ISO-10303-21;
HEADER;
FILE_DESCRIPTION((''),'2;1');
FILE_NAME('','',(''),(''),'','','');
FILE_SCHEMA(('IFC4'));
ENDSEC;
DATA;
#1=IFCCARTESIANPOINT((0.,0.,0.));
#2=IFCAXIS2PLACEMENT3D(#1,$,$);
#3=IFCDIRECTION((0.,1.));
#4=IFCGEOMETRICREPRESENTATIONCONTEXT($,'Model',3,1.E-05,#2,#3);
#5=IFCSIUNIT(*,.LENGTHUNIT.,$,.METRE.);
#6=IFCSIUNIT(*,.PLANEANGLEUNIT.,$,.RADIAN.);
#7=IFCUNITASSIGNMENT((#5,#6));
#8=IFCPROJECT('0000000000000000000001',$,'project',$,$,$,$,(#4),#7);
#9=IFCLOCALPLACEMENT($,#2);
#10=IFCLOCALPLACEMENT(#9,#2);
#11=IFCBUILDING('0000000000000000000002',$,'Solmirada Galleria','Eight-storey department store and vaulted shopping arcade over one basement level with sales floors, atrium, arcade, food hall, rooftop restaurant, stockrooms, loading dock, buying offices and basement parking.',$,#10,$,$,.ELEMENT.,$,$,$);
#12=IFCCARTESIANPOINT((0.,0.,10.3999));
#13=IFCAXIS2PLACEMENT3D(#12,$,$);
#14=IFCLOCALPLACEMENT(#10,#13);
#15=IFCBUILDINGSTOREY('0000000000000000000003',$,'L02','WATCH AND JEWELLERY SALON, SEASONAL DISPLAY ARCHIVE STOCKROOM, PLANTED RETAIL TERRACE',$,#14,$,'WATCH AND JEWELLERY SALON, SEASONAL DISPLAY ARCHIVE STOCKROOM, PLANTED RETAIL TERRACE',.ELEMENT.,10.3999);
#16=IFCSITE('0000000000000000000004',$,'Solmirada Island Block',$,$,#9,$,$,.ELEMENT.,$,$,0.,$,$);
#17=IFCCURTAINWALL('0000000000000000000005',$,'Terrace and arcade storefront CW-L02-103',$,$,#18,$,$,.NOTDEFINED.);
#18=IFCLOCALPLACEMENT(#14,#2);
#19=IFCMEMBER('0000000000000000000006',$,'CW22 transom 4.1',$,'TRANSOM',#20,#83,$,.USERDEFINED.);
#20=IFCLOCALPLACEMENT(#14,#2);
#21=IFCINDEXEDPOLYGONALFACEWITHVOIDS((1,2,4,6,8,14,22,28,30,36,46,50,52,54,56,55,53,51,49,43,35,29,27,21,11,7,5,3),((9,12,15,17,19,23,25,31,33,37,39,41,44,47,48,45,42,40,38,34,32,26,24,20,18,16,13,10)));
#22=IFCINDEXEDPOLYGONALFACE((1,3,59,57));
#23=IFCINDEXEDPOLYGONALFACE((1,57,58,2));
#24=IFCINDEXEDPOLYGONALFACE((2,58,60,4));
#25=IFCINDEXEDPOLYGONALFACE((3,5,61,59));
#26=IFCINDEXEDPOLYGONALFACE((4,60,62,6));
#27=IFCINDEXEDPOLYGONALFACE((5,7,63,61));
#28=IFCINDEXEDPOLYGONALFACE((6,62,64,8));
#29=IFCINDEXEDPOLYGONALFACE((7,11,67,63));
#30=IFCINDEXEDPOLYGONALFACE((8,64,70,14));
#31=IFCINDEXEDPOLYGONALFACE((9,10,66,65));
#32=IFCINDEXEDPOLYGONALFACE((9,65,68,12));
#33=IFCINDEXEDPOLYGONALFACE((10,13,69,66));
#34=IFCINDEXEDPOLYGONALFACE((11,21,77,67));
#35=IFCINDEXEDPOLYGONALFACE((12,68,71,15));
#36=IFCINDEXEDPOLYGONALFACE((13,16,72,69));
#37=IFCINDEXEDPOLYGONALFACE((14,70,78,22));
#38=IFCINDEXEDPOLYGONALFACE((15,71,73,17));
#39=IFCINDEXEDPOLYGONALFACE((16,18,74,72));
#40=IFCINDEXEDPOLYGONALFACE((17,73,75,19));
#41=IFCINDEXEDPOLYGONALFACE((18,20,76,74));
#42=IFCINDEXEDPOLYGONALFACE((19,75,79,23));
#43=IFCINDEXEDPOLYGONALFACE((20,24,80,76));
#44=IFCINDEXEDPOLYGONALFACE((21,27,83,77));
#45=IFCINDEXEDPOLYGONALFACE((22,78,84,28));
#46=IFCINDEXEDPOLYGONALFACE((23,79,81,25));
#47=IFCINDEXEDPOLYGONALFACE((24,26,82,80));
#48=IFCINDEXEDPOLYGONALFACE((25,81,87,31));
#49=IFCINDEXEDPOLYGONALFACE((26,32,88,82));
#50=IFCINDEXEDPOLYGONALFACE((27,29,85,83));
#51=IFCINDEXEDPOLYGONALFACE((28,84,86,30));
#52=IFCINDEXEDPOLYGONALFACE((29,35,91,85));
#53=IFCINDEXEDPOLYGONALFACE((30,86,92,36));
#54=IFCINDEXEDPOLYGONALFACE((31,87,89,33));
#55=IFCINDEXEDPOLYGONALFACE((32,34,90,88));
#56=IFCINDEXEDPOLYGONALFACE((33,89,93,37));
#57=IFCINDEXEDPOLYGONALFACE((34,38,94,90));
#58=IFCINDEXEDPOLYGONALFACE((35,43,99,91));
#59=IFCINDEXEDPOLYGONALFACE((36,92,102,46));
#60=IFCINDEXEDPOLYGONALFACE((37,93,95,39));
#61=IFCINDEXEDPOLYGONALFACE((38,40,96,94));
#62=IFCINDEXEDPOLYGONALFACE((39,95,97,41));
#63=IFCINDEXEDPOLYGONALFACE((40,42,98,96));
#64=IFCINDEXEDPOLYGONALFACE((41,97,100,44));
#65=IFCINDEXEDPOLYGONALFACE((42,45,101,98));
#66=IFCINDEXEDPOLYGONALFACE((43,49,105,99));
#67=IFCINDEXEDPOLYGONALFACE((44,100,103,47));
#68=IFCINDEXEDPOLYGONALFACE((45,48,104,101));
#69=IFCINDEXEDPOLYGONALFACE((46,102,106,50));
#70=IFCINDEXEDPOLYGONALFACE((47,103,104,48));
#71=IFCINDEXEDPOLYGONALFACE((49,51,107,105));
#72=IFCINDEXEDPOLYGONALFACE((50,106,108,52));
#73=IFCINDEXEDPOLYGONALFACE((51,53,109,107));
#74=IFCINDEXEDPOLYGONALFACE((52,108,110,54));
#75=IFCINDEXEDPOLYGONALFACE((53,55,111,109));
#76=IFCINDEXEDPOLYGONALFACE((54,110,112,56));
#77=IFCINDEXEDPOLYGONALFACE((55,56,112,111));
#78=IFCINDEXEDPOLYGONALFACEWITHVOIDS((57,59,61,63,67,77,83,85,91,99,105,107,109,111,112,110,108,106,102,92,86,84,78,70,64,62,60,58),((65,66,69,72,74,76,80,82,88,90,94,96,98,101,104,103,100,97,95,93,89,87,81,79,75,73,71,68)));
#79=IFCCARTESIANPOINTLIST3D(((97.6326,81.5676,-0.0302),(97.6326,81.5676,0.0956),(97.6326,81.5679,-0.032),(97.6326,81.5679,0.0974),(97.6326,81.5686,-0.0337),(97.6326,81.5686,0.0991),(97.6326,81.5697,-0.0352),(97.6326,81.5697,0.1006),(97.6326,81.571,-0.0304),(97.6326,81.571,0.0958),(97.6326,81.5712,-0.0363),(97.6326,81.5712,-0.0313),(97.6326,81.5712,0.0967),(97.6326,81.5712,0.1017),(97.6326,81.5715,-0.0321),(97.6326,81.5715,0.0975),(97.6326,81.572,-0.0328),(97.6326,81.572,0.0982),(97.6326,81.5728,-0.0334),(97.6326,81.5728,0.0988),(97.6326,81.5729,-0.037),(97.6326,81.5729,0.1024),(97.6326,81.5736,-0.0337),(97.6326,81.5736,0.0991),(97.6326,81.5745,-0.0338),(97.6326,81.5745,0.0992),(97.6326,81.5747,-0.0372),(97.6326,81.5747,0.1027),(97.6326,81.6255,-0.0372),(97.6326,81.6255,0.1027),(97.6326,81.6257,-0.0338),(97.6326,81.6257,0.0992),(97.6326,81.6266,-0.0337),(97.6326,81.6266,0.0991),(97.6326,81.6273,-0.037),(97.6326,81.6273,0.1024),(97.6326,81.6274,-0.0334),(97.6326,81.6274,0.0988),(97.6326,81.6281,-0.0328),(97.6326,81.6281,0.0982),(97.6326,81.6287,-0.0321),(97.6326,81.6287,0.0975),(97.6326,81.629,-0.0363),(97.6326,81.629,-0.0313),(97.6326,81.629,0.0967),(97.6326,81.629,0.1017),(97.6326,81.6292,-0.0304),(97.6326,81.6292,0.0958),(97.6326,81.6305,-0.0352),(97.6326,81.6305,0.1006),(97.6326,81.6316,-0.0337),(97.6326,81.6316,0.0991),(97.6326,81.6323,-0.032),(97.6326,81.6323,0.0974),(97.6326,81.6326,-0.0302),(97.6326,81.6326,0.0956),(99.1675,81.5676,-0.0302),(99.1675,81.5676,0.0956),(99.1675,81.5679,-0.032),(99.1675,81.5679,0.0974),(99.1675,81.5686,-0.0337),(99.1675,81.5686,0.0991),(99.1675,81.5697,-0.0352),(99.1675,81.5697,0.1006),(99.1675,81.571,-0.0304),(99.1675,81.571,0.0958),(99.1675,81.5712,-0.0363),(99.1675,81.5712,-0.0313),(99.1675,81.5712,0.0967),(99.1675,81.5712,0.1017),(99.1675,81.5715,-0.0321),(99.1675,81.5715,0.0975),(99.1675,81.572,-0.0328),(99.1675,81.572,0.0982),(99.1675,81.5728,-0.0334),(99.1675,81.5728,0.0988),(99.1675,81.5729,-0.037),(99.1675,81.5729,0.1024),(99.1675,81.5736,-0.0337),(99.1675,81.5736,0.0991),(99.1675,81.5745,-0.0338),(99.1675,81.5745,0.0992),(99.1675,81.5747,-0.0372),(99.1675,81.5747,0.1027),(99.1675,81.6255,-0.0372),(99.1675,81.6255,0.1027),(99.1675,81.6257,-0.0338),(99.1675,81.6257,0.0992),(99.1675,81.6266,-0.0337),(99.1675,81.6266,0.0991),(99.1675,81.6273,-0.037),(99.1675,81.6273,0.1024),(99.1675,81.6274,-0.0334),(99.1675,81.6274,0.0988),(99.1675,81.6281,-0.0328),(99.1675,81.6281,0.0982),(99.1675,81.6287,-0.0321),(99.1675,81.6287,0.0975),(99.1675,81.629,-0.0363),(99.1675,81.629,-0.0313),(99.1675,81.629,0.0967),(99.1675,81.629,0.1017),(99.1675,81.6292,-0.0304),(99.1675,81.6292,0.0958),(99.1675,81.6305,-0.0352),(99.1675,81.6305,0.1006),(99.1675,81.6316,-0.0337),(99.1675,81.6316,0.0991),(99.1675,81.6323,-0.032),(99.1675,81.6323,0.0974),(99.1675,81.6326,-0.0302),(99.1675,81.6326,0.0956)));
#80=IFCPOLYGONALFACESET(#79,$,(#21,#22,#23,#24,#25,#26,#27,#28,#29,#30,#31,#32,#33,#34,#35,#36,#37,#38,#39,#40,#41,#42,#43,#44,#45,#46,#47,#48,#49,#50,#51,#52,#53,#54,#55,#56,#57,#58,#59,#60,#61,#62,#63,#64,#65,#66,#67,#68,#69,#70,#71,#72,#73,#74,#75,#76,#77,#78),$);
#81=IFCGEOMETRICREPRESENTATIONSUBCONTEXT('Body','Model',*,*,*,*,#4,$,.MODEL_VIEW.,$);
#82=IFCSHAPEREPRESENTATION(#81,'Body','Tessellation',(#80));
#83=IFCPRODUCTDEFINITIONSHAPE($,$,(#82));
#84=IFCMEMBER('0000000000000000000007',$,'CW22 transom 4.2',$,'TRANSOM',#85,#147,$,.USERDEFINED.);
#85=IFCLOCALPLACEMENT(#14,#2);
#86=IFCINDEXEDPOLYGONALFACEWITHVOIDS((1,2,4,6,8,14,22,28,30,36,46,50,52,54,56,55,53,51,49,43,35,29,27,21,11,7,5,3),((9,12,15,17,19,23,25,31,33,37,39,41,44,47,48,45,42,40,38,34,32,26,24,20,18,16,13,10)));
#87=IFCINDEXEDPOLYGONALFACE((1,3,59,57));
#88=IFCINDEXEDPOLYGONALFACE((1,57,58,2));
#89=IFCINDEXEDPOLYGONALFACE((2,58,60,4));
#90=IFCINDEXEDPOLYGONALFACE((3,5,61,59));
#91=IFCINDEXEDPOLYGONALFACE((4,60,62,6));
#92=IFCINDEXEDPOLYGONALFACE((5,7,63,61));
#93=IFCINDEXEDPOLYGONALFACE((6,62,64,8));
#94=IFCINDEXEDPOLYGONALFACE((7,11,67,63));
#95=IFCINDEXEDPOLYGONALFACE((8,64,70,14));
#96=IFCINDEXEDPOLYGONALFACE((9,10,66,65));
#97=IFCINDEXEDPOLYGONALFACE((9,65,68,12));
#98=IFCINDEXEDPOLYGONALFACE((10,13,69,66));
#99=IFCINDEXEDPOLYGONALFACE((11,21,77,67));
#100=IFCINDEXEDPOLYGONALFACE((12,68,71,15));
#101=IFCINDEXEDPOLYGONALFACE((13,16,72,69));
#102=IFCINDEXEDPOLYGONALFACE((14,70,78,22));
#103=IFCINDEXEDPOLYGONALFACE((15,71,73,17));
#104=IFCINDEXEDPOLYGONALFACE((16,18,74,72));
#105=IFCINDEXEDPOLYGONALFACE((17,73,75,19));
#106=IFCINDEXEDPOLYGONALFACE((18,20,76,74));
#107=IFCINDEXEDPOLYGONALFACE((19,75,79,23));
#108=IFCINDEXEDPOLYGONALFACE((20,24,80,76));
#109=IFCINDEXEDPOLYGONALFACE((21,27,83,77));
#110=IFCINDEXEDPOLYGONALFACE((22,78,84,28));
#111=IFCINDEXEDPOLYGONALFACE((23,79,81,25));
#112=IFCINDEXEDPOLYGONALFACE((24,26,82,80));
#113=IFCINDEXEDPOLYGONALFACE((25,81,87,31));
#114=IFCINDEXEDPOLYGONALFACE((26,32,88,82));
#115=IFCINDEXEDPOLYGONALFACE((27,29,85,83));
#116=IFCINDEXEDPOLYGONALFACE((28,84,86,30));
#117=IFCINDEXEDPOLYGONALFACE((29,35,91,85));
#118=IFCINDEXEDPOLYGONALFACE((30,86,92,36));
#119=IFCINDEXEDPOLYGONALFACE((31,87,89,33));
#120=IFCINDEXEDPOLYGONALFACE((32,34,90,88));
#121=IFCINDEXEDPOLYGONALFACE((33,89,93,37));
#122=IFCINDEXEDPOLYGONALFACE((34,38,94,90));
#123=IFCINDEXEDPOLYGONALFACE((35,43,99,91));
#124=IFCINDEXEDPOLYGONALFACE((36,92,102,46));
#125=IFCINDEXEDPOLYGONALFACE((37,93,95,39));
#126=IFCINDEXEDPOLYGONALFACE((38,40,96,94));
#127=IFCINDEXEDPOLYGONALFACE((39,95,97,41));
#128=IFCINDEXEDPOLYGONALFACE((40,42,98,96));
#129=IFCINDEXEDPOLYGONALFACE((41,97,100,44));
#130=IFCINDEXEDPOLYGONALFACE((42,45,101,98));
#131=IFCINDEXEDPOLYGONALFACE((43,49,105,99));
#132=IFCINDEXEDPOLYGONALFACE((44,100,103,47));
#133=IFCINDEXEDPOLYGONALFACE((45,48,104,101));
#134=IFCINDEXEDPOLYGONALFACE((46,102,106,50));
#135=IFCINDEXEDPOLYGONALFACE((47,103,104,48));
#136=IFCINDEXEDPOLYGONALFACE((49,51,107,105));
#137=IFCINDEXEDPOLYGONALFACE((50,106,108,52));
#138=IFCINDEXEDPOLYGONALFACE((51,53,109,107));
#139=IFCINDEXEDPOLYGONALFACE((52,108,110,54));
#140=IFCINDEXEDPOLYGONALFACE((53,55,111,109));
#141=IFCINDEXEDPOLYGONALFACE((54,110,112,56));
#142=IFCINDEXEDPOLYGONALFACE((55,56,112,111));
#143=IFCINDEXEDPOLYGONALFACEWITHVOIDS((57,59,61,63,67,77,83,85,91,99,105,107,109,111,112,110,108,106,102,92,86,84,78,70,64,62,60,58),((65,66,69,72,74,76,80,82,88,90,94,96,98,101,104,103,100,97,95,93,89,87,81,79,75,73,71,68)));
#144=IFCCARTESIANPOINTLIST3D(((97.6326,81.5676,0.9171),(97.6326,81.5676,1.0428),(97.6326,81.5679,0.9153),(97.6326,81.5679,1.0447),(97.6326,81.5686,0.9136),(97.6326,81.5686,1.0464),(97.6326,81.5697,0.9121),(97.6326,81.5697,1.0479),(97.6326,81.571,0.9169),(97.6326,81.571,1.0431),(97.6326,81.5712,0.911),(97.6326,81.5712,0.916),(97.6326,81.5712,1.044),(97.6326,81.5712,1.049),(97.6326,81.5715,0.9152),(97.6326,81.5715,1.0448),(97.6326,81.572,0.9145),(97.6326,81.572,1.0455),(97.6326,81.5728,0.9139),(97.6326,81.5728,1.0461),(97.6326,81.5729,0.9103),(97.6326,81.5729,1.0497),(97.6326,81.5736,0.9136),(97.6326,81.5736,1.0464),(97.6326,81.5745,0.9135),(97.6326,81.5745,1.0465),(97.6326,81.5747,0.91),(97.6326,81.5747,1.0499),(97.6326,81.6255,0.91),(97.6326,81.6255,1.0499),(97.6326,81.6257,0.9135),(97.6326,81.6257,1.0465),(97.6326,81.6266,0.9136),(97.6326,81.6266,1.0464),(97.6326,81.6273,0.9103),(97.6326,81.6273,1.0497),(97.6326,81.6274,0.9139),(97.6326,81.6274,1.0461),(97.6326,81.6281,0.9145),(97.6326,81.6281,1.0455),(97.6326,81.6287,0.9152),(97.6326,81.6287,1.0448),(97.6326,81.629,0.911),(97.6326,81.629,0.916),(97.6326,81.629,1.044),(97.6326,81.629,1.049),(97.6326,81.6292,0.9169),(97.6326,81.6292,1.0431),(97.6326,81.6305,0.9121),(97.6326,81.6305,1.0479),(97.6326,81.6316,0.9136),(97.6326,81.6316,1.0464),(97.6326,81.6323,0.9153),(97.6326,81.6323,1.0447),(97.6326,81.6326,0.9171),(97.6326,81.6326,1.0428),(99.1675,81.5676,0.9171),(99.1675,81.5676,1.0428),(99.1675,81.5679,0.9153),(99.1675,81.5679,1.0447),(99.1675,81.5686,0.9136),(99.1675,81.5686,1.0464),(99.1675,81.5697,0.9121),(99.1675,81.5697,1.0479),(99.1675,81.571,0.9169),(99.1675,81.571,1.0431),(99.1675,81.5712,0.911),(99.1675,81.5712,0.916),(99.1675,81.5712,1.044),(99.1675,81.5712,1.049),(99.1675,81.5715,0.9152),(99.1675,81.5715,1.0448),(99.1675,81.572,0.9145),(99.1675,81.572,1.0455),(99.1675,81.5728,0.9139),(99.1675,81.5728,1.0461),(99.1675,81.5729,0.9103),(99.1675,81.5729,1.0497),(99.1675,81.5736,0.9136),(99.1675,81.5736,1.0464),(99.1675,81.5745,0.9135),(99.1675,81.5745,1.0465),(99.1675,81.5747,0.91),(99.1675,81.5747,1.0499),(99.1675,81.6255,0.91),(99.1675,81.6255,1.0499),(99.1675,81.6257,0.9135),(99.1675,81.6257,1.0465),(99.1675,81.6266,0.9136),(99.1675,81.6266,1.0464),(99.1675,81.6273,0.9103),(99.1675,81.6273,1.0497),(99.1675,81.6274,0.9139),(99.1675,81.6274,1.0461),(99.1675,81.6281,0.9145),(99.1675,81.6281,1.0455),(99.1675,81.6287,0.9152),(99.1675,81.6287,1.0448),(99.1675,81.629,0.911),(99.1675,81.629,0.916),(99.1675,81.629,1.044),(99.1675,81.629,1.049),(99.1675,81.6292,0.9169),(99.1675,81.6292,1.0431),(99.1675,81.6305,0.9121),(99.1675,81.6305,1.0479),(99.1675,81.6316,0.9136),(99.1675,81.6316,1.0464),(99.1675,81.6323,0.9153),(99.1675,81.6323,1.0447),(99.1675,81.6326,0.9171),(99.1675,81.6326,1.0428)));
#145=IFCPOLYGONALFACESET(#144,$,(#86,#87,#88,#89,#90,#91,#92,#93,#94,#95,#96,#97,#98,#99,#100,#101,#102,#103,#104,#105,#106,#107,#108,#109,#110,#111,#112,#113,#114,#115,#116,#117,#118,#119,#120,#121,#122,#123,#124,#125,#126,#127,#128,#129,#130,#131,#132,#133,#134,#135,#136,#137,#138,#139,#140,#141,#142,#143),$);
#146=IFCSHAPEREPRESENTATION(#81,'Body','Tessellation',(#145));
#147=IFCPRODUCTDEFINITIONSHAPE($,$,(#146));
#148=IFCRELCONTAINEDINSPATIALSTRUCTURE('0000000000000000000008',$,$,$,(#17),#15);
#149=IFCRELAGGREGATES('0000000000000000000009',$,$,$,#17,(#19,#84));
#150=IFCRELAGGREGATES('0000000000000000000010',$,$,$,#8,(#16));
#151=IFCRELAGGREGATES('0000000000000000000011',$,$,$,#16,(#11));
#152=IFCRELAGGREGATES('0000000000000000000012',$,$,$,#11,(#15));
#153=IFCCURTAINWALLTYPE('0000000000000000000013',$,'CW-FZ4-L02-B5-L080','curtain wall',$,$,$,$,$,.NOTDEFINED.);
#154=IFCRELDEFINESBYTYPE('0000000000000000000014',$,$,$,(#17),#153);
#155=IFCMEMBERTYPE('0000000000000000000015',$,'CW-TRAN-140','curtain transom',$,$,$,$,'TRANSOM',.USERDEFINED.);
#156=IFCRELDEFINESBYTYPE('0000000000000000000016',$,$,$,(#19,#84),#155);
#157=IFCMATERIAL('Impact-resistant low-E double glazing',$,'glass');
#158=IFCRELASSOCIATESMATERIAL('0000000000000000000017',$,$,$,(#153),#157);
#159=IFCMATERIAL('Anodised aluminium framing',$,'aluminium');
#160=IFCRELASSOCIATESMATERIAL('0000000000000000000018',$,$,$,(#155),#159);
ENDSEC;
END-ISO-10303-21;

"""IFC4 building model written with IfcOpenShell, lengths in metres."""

from ifc_helpers import new_model, si_unit, direction, frame, origin, origin_2d, place, context, subcontext, project, spatial, hollow_rectangle, extrude, material, material_profile, profile_set, type_object, element, aggregate, save


model = new_model("IFC4")

# Units and contexts
model_context = context("Model", 3, precision=1e-05, world=origin(), true_north=direction((0.0, 1.0)))
body_context = subcontext(model_context, "Body", "Model", "MODEL_VIEW")
ifc_project = project(units=[si_unit("LENGTHUNIT", "METRE"), si_unit("PLANEANGLEUNIT", "RADIAN")], contexts=[model_context])

# Site, building, storey
site_placement = place(None, origin())
site = spatial("IfcSite", under=ifc_project, at=site_placement, Name="Solmirada Island Block", CompositionType="ELEMENT", RefElevation=0.0)
building_placement = place(site_placement, origin())
building = spatial("IfcBuilding", under=site, at=building_placement, Name="Solmirada Galleria", Description="Eight-storey department store and vaulted shopping arcade over one basement level with sales floors, atrium, arcade, food hall, rooftop restaurant, stockrooms, loading dock, buying offices and basement parking.", CompositionType="ELEMENT")
storey_placement = place(building_placement, frame((0.0, 0.0, 10.3999)))
storey = spatial("IfcBuildingStorey", under=building, at=storey_placement, Name="L02", Description="WATCH AND JEWELLERY SALON, SEASONAL DISPLAY ARCHIVE STOCKROOM, PLANTED RETAIL TERRACE", LongName="WATCH AND JEWELLERY SALON, SEASONAL DISPLAY ARCHIVE STOCKROOM, PLANTED RETAIL TERRACE", CompositionType="ELEMENT", Elevation=10.3999)

# Curtain wall, members
ifc_material_1 = material(Name="Impact-resistant low-E double glazing", Category="glass")
curtain_wall_type = type_object("IfcCurtainWallType", Name="CW-FZ4-L02-B5-L080", Description="curtain wall", PredefinedType="NOTDEFINED", material=ifc_material_1)
curtain_wall_placement = place(storey_placement, origin())
curtain_wall = element("IfcCurtainWall", 1, at=curtain_wall_placement, inside=storey, type_object=curtain_wall_type, Name="Terrace and arcade storefront CW-L02-103", PredefinedType="NOTDEFINED")
ifc_material_2 = material(Name="Anodised aluminium framing", Category="aluminium")
ifc_material_profile_1 = material_profile(ifc_material_2, hollow_rectangle(XDim=0.0649, YDim=0.1399, WallThickness=0.0034, InnerFilletRadius=0.0034, OuterFilletRadius=0.0071, at=origin_2d()), Name="ALU-TRAN-140X65")
ifc_profile_set_1 = profile_set([ifc_material_profile_1], Name="Anodised aluminium framing")
member_type_1 = type_object("IfcMemberType", Name="CW-TRAN-140", Description="curtain transom", ElementType="TRANSOM", PredefinedType="USERDEFINED", material=ifc_profile_set_1)
member_1_placement = place(storey_placement, frame((99.1675, 81.6001, 0.0327), z_axis=(-1.0, 0.0, 0.0), x_axis=(0.0, -1.0, 0.0)))
member_1 = element("IfcMember", 2, at=member_1_placement, type_object=member_type_1, Name="CW22 transom 4.1", ObjectType="TRANSOM", PredefinedType="USERDEFINED", context=body_context, shape_type="SweptSolid", body=[
    extrude(hollow_rectangle(XDim=0.0649, YDim=0.1399, WallThickness=0.0034, InnerFilletRadius=0.0034, OuterFilletRadius=0.0071, at=origin_2d()), origin(), (0.0, 0.0, 1.0), 1.5349),
])
member_2_placement = place(storey_placement, frame((99.1675, 81.6001, 0.98), z_axis=(-1.0, 0.0, 0.0), x_axis=(0.0, -1.0, 0.0)))
member_2 = element("IfcMember", 3, at=member_2_placement, type_object=member_type_1, Name="CW22 transom 4.2", ObjectType="TRANSOM", PredefinedType="USERDEFINED", context=body_context, shape_type="SweptSolid", body=[
    extrude(hollow_rectangle(XDim=0.0649, YDim=0.1399, WallThickness=0.0034, InnerFilletRadius=0.0034, OuterFilletRadius=0.0071, at=origin_2d()), origin(), (0.0, 0.0, 1.0), 1.5349),
])
aggregate(curtain_wall, [member_1, member_2])

save(model, "model.ifc")
